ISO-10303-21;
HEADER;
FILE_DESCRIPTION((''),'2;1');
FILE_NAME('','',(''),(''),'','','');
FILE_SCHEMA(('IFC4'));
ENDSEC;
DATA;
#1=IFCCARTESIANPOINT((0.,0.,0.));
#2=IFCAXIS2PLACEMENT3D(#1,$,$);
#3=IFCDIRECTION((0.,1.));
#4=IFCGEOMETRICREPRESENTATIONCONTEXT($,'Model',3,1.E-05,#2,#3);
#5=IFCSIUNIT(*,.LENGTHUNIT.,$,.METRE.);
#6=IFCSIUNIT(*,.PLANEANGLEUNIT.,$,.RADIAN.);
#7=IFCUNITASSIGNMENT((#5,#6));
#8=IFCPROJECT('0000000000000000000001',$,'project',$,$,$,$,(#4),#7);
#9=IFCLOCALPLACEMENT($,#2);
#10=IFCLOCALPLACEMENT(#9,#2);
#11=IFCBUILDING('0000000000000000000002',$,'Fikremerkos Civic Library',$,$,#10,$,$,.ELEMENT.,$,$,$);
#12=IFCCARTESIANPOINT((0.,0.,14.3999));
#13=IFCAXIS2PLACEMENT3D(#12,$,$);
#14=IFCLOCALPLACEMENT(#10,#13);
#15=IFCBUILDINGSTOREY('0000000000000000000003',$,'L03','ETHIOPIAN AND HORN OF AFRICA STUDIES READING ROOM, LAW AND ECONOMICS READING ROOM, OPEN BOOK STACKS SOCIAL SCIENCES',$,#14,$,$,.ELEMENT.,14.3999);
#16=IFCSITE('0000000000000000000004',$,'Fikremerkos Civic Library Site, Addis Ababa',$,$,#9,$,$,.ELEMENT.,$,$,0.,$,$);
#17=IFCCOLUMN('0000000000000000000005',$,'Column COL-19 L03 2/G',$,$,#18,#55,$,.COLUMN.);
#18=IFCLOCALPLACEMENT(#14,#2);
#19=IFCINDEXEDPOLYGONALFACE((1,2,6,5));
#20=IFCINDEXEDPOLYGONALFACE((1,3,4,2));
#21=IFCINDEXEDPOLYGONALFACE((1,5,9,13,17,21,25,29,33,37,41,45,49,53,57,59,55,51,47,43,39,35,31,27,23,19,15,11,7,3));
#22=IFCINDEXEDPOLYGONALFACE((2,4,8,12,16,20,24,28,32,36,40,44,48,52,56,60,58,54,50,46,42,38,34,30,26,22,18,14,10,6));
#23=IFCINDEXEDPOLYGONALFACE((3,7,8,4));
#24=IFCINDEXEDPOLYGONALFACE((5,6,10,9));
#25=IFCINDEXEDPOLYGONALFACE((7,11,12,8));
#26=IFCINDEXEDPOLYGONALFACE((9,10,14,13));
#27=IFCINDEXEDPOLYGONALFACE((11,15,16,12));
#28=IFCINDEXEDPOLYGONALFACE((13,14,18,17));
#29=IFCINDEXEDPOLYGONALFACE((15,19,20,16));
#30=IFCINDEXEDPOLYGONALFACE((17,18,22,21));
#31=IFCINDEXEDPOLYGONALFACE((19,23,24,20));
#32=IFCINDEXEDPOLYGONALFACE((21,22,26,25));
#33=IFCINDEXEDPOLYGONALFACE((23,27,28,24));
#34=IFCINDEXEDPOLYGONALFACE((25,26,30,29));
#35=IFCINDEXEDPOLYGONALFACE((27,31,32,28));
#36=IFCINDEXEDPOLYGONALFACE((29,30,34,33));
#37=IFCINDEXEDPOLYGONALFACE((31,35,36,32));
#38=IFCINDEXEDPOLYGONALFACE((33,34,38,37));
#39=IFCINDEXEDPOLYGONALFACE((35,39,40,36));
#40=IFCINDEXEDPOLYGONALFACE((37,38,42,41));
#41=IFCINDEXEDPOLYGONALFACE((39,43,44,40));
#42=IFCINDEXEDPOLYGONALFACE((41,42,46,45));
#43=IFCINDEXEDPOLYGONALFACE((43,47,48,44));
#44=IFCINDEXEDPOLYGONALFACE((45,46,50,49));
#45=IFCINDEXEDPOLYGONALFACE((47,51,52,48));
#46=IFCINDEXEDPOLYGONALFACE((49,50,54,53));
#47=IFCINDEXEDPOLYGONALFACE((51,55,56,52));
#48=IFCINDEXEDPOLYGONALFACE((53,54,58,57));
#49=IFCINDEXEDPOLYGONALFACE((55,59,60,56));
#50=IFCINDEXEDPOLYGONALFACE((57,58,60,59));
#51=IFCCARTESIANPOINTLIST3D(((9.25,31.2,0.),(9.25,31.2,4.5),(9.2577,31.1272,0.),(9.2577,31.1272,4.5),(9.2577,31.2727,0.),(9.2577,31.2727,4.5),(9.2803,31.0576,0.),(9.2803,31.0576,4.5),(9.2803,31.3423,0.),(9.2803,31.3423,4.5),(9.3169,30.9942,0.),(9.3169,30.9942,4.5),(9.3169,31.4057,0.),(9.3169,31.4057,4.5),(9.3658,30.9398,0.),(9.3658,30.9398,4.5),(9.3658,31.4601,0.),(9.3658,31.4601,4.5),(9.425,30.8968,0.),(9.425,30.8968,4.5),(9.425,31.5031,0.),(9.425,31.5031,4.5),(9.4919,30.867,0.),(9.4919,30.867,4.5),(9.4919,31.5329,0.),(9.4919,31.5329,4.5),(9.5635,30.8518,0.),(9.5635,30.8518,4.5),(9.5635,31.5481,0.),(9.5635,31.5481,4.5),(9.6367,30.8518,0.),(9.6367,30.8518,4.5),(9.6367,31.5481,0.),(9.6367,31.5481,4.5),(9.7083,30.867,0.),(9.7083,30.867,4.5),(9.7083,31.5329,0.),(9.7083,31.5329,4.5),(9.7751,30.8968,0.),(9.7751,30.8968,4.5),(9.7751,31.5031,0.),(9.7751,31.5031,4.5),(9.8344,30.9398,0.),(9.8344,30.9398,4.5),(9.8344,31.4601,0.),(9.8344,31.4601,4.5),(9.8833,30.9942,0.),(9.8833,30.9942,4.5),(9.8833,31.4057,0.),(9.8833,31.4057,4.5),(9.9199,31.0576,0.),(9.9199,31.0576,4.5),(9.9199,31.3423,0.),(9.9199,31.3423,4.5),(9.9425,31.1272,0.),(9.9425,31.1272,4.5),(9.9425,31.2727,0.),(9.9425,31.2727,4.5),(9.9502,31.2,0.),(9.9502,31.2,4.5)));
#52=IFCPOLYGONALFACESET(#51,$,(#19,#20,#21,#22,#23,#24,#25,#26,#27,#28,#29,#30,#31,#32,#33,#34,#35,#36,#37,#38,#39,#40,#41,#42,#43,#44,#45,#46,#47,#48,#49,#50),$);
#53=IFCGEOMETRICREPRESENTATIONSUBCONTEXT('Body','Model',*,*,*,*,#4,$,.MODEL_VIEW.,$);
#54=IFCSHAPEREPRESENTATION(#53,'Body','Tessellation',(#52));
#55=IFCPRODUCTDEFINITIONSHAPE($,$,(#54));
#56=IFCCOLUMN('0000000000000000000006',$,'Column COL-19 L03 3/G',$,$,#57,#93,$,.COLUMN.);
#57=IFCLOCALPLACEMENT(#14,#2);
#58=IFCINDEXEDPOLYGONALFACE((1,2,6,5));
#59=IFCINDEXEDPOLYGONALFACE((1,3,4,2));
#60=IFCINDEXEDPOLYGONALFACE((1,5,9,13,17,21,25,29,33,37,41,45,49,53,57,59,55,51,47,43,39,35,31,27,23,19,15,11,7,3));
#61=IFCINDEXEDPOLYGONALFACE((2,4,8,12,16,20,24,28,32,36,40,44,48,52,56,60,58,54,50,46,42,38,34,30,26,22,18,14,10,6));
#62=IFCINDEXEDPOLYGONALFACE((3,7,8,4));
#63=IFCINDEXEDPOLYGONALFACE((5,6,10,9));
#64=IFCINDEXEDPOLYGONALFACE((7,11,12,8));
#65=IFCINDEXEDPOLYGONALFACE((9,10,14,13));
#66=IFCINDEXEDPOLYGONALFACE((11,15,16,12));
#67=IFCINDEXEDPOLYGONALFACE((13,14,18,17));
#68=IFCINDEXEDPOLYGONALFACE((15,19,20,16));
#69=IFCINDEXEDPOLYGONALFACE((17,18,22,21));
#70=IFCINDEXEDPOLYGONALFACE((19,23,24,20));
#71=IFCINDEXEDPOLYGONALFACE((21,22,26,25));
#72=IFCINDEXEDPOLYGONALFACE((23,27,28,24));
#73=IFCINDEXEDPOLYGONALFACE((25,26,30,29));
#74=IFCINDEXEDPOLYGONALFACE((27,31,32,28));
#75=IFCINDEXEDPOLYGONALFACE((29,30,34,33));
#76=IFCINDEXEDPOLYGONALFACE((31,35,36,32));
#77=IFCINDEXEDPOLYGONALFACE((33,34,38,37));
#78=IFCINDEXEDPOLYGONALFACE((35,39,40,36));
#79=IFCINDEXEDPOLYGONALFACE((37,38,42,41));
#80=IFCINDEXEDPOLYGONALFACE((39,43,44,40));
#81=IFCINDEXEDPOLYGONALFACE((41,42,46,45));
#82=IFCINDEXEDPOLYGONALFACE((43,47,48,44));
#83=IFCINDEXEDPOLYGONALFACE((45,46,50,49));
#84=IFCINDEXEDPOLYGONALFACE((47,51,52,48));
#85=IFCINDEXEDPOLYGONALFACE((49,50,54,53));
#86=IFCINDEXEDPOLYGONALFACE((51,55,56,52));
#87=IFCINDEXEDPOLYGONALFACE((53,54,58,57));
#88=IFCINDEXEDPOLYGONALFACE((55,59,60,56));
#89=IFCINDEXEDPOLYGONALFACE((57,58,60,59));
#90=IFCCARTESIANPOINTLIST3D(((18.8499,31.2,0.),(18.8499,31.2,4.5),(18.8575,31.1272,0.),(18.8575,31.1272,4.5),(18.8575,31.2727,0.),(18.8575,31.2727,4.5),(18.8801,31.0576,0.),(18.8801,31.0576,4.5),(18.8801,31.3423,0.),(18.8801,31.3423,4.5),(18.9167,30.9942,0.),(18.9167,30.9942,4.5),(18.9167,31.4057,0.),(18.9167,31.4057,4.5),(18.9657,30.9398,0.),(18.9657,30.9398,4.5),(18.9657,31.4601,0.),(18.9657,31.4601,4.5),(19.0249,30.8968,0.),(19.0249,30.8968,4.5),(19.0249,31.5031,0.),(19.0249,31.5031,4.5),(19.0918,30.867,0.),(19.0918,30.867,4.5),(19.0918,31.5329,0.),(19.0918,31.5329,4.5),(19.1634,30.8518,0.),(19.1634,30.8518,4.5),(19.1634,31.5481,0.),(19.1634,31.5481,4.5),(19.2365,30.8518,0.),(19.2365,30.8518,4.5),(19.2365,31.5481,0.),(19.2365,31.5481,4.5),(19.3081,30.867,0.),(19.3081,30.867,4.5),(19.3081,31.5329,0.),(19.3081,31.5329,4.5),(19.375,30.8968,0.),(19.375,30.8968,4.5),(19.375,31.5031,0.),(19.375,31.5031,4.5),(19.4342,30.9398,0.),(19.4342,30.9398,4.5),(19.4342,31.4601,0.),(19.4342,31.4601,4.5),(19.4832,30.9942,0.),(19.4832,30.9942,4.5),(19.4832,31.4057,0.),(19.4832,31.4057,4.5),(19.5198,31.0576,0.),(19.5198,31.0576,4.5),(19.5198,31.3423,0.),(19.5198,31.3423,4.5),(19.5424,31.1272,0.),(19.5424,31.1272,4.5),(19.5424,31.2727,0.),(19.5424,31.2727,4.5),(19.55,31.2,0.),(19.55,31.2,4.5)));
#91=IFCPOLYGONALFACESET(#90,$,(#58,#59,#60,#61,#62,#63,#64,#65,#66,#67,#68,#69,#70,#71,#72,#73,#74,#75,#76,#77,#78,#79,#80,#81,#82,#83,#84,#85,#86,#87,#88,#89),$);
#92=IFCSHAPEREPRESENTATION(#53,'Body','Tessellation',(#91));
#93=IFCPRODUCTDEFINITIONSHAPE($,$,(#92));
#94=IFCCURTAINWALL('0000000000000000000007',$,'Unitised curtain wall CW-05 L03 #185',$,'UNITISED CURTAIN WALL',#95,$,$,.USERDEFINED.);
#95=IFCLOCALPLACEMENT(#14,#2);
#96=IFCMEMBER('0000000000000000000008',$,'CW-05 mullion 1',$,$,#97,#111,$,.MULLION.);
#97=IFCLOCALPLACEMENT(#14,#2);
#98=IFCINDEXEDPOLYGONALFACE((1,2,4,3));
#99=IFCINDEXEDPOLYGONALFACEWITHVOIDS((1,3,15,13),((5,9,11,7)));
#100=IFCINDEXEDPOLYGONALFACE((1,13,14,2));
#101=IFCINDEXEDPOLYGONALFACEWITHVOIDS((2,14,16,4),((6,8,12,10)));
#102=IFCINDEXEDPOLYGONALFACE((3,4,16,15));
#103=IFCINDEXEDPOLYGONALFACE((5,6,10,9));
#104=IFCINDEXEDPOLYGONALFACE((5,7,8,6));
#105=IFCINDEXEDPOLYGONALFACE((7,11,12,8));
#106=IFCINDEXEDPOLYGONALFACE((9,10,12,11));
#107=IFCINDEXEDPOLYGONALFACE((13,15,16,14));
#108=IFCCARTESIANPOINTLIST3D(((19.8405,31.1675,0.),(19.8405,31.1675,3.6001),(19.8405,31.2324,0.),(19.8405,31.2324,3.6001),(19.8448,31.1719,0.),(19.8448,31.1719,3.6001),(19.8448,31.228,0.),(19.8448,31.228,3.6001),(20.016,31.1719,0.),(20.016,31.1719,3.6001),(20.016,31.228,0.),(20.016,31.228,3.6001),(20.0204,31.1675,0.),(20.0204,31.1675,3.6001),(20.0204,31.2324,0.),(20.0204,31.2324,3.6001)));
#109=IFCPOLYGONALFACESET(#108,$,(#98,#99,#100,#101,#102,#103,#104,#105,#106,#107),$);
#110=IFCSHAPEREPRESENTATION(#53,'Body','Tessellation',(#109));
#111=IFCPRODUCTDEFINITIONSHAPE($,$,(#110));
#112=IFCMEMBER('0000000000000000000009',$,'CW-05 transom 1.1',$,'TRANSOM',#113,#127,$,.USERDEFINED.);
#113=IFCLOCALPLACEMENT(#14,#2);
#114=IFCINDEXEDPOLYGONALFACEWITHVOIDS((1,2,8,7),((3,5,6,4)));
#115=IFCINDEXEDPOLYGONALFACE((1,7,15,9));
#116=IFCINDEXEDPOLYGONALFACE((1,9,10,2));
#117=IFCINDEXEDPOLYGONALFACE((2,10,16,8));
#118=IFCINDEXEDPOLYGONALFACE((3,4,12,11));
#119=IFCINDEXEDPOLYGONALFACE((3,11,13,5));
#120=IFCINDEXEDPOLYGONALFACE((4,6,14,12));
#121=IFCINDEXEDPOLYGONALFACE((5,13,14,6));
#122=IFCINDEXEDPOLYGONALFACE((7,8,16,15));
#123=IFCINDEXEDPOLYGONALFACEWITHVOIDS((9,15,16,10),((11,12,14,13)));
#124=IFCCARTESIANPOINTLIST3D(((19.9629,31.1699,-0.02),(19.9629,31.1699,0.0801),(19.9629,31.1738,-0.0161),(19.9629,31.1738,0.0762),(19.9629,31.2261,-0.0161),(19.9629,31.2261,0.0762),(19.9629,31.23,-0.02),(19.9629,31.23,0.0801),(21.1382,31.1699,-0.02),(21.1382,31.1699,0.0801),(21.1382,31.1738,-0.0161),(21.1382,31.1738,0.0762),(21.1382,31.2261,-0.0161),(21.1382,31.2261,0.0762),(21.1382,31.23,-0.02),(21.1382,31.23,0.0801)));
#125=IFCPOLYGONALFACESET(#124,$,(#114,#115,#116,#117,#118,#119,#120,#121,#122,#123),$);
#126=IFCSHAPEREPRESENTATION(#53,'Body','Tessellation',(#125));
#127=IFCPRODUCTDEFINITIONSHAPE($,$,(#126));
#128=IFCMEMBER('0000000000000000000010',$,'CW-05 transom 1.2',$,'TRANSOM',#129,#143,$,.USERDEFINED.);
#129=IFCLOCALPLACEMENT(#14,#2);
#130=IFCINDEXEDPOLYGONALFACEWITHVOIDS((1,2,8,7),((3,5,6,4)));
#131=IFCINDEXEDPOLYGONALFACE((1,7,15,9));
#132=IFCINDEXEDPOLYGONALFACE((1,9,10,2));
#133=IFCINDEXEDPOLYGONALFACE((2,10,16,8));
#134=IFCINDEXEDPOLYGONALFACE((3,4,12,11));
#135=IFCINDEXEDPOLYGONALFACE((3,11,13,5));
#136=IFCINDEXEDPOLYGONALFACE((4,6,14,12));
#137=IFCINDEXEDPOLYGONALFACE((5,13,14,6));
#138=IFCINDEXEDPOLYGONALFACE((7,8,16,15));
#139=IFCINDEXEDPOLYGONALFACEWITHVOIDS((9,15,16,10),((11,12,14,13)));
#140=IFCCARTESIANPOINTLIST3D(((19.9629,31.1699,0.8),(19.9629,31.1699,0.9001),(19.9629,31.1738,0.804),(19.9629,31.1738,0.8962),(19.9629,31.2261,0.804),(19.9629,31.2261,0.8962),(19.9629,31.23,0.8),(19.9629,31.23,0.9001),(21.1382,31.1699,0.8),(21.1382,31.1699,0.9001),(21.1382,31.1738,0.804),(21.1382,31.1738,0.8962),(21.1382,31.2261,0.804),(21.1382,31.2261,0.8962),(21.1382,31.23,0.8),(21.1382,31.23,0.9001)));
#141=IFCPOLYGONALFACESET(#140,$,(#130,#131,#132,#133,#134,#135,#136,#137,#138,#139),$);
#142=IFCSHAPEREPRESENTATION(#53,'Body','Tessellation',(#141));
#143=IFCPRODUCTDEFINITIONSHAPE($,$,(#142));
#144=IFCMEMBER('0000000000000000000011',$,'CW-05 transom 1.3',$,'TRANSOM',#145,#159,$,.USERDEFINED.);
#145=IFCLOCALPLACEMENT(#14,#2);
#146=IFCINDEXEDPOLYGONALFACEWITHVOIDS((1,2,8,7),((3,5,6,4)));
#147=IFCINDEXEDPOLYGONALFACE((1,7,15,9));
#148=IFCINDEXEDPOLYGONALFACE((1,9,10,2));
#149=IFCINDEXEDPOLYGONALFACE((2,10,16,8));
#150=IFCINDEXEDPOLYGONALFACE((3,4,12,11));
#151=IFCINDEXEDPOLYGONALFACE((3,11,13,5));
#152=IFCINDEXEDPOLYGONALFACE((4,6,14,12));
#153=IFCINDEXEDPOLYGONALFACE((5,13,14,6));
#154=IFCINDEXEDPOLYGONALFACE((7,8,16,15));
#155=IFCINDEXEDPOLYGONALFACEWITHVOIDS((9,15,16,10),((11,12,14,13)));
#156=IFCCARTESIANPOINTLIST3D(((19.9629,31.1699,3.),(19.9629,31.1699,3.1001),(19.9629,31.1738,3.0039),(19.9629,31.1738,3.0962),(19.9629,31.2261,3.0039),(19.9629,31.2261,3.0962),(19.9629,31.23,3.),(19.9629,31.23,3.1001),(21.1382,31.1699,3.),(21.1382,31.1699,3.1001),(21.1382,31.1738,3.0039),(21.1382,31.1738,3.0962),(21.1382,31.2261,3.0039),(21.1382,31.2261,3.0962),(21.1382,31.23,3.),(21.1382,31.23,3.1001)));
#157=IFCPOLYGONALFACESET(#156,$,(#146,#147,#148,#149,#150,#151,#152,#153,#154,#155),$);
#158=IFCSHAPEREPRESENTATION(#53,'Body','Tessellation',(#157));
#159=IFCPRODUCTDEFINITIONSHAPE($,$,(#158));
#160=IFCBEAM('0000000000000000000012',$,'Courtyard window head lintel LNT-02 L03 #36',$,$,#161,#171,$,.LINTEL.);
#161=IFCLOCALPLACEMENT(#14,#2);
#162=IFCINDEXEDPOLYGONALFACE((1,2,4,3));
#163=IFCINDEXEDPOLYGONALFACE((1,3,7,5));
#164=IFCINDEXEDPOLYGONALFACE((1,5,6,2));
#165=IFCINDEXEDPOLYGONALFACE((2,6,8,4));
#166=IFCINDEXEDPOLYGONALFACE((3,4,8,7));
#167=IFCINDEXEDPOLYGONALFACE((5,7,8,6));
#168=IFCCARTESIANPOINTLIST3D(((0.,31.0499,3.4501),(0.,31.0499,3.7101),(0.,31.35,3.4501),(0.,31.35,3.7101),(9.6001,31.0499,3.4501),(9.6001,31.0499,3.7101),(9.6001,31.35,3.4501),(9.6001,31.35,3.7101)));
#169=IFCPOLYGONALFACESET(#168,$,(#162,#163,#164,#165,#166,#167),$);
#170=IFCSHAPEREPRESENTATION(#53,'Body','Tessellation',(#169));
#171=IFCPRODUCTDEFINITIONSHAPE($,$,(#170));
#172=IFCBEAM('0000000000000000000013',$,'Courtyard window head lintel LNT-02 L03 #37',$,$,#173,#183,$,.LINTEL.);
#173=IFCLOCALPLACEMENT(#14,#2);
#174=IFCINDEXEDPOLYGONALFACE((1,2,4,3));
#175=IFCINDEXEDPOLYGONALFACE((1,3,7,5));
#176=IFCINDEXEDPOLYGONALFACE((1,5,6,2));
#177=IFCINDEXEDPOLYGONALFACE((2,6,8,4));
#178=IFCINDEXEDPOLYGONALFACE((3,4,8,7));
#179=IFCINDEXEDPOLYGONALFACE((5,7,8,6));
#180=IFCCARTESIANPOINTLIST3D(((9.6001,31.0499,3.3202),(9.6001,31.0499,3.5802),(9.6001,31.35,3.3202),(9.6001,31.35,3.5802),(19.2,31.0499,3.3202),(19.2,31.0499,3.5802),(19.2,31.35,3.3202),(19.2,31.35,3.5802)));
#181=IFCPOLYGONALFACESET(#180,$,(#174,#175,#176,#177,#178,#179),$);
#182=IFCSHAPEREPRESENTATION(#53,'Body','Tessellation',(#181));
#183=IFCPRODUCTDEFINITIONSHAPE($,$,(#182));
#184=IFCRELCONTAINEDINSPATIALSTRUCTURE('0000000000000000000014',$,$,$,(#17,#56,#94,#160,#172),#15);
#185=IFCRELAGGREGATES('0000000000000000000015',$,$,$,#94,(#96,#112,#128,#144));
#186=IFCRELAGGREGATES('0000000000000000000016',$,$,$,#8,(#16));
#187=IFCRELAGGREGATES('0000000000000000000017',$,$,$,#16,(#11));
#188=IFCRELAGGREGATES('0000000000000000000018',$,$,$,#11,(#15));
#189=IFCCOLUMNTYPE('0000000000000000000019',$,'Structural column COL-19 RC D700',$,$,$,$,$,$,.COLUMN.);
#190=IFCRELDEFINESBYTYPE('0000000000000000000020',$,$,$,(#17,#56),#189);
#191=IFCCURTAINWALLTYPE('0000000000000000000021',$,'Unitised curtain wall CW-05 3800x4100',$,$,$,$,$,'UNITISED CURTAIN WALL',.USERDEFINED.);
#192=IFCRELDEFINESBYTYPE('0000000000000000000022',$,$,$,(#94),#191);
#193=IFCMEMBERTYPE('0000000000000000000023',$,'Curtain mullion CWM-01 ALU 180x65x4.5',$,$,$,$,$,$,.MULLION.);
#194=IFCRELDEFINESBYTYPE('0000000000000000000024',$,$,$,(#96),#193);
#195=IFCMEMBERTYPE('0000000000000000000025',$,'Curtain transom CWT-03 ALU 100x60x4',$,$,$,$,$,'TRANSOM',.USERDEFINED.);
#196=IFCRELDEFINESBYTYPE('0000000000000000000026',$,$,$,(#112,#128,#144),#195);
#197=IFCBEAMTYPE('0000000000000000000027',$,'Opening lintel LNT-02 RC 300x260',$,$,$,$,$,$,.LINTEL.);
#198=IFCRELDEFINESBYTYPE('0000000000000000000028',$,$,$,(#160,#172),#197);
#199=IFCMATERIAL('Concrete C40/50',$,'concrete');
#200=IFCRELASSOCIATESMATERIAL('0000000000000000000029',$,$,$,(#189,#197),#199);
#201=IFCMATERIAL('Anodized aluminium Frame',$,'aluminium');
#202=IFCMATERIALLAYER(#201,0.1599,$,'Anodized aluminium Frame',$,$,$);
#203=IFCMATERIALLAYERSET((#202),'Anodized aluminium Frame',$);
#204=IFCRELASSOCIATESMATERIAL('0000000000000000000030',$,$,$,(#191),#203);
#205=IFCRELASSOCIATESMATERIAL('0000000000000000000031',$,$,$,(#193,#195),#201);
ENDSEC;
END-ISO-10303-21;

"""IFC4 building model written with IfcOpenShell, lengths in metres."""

from ifc_helpers import new_model, si_unit, direction, frame, origin, origin_2d, place, context, subcontext, project, spatial, rectangle, hollow_rectangle, circle, extrude, material, layer, layer_set, material_profile, profile_set, type_object, element, aggregate, save


model = new_model("IFC4")

# Units and contexts
model_context = context("Model", 3, precision=1e-05, world=origin(), true_north=direction((0.0, 1.0)))
body_context = subcontext(model_context, "Body", "Model", "MODEL_VIEW")
ifc_project = project(units=[si_unit("LENGTHUNIT", "METRE"), si_unit("PLANEANGLEUNIT", "RADIAN")], contexts=[model_context])

# Site, building, storey
site_placement = place(None, origin())
site = spatial("IfcSite", under=ifc_project, at=site_placement, Name="Fikremerkos Civic Library Site, Addis Ababa", CompositionType="ELEMENT", RefElevation=0.0)
building_placement = place(site_placement, origin())
building = spatial("IfcBuilding", under=site, at=building_placement, Name="Fikremerkos Civic Library", CompositionType="ELEMENT")
storey_placement = place(building_placement, frame((0.0, 0.0, 14.3999)))
storey = spatial("IfcBuildingStorey", under=building, at=storey_placement, Name="L03", Description="ETHIOPIAN AND HORN OF AFRICA STUDIES READING ROOM, LAW AND ECONOMICS READING ROOM, OPEN BOOK STACKS SOCIAL SCIENCES", CompositionType="ELEMENT", Elevation=14.3999)

# Columns
ifc_material_1 = material(Name="Concrete C40/50", Category="concrete")
ifc_material_profile_1 = material_profile(ifc_material_1, circle(Radius=0.3501, at=origin_2d()), Name="RC D700")
ifc_profile_set_1 = profile_set([ifc_material_profile_1], Name="Concrete C40/50")
column_type = type_object("IfcColumnType", Name="Structural column COL-19 RC D700", PredefinedType="COLUMN", material=ifc_profile_set_1)
for number, where, z_axis, x_axis, name in (
    (1, (9.6001, 31.2, 0.0), (0.0, 0.0, 1.0), (1.0, 0.0, 0.0), "Column COL-19 L03 2/G"),
    (2, (19.2, 31.2, 0.0), (0.0, 0.0, 1.0), (1.0, 0.0, 0.0), "Column COL-19 L03 3/G"),
):
    element("IfcColumn", number, at=place(storey_placement, frame(where, z_axis=z_axis, x_axis=x_axis)), inside=storey, type_object=column_type, Name=name, PredefinedType="COLUMN", context=body_context, shape_type="SweptSolid", body=[
        extrude(circle(Radius=0.3501, at=origin_2d()), origin(), (0.0, 0.0, 1.0), 4.5),
    ])

# Curtain wall, members
ifc_material_2 = material(Name="Anodized aluminium Frame", Category="aluminium")
ifc_layer_1 = layer(ifc_material_2, 0.1599, Name="Anodized aluminium Frame")
ifc_layer_set_1 = layer_set([ifc_layer_1], Name="Anodized aluminium Frame")
curtain_wall_type = type_object("IfcCurtainWallType", Name="Unitised curtain wall CW-05 3800x4100", ElementType="UNITISED CURTAIN WALL", PredefinedType="USERDEFINED", material=ifc_layer_set_1)
curtain_wall_placement = place(storey_placement, origin())
curtain_wall = element("IfcCurtainWall", 3, at=curtain_wall_placement, inside=storey, type_object=curtain_wall_type, Name="Unitised curtain wall CW-05 L03 #185", ObjectType="UNITISED CURTAIN WALL", PredefinedType="USERDEFINED")
ifc_material_profile_2 = material_profile(ifc_material_2, hollow_rectangle(XDim=0.0649, YDim=0.1799, WallThickness=0.0044, at=origin_2d()), Name="ALU 180x65x4.5")
ifc_profile_set_2 = profile_set([ifc_material_profile_2], Name="Anodized aluminium Frame")
member_type_1 = type_object("IfcMemberType", Name="Curtain mullion CWM-01 ALU 180x65x4.5", PredefinedType="MULLION", material=ifc_profile_set_2)
member_1_placement = place(storey_placement, frame((19.9304, 31.2, 0.0), z_axis=(0.0, 0.0, 1.0), x_axis=(0.0, 1.0, 0.0)))
member_1 = element("IfcMember", 4, at=member_1_placement, type_object=member_type_1, Name="CW-05 mullion 1", PredefinedType="MULLION", context=body_context, shape_type="SweptSolid", body=[
    extrude(hollow_rectangle(XDim=0.0649, YDim=0.1799, WallThickness=0.0044, at=origin_2d()), origin(), (0.0, 0.0, 1.0), 3.6001),
])
ifc_material_profile_3 = material_profile(ifc_material_2, hollow_rectangle(XDim=0.0601, YDim=0.1001, WallThickness=0.0039, at=origin_2d()), Name="ALU 100x60x4")
ifc_profile_set_3 = profile_set([ifc_material_profile_3], Name="Anodized aluminium Frame")
member_type_2 = type_object("IfcMemberType", Name="Curtain transom CWT-03 ALU 100x60x4", ElementType="TRANSOM", PredefinedType="USERDEFINED", material=ifc_profile_set_3)
member_2_placement = place(storey_placement, frame((19.9629, 31.2, 0.03), z_axis=(1.0, 0.0, 0.0), x_axis=(0.0, 1.0, 0.0)))
member_2 = element("IfcMember", 5, at=member_2_placement, type_object=member_type_2, Name="CW-05 transom 1.1", ObjectType="TRANSOM", PredefinedType="USERDEFINED", context=body_context, shape_type="SweptSolid", body=[
    extrude(hollow_rectangle(XDim=0.0601, YDim=0.1001, WallThickness=0.0039, at=origin_2d()), origin(), (0.0, 0.0, 1.0), 1.1753),
])
member_3_placement = place(storey_placement, frame((19.9629, 31.2, 0.8501), z_axis=(1.0, 0.0, 0.0), x_axis=(0.0, 1.0, 0.0)))
member_3 = element("IfcMember", 6, at=member_3_placement, type_object=member_type_2, Name="CW-05 transom 1.2", ObjectType="TRANSOM", PredefinedType="USERDEFINED", context=body_context, shape_type="SweptSolid", body=[
    extrude(hollow_rectangle(XDim=0.0601, YDim=0.1001, WallThickness=0.0039, at=origin_2d()), origin(), (0.0, 0.0, 1.0), 1.1753),
])
member_4_placement = place(storey_placement, frame((19.9629, 31.2, 3.05), z_axis=(1.0, 0.0, 0.0), x_axis=(0.0, 1.0, 0.0)))
member_4 = element("IfcMember", 7, at=member_4_placement, type_object=member_type_2, Name="CW-05 transom 1.3", ObjectType="TRANSOM", PredefinedType="USERDEFINED", context=body_context, shape_type="SweptSolid", body=[
    extrude(hollow_rectangle(XDim=0.0601, YDim=0.1001, WallThickness=0.0039, at=origin_2d()), origin(), (0.0, 0.0, 1.0), 1.1753),
])
aggregate(curtain_wall, [member_1, member_2, member_3, member_4])

# Beams
ifc_material_profile_4 = material_profile(ifc_material_1, rectangle(XDim=0.3, YDim=0.26, at=origin_2d()), Name="RC 300x260")
ifc_profile_set_4 = profile_set([ifc_material_profile_4], Name="Concrete C40/50")
beam_type_1 = type_object("IfcBeamType", Name="Opening lintel LNT-02 RC 300x260", PredefinedType="LINTEL", material=ifc_profile_set_4)
beam_1_placement = place(storey_placement, frame((0.0, 31.2, 3.5801), z_axis=(1.0, 0.0, 0.0), x_axis=(0.0, 1.0, 0.0)))
element("IfcBeam", 8, at=beam_1_placement, inside=storey, type_object=beam_type_1, Name="Courtyard window head lintel LNT-02 L03 #36", PredefinedType="LINTEL", context=body_context, shape_type="SweptSolid", body=[
    extrude(rectangle(XDim=0.3, YDim=0.26, at=origin_2d()), origin(), (0.0, 0.0, 1.0), 9.6001),
])
beam_2_placement = place(storey_placement, frame((9.6001, 31.2, 3.4502), z_axis=(1.0, 0.0, 0.0), x_axis=(0.0, 1.0, 0.0)))
element("IfcBeam", 9, at=beam_2_placement, inside=storey, type_object=beam_type_1, Name="Courtyard window head lintel LNT-02 L03 #37", PredefinedType="LINTEL", context=body_context, shape_type="SweptSolid", body=[
    extrude(rectangle(XDim=0.3, YDim=0.26, at=origin_2d()), origin(), (0.0, 0.0, 1.0), 9.5999),
])

save(model, "model.ifc")
